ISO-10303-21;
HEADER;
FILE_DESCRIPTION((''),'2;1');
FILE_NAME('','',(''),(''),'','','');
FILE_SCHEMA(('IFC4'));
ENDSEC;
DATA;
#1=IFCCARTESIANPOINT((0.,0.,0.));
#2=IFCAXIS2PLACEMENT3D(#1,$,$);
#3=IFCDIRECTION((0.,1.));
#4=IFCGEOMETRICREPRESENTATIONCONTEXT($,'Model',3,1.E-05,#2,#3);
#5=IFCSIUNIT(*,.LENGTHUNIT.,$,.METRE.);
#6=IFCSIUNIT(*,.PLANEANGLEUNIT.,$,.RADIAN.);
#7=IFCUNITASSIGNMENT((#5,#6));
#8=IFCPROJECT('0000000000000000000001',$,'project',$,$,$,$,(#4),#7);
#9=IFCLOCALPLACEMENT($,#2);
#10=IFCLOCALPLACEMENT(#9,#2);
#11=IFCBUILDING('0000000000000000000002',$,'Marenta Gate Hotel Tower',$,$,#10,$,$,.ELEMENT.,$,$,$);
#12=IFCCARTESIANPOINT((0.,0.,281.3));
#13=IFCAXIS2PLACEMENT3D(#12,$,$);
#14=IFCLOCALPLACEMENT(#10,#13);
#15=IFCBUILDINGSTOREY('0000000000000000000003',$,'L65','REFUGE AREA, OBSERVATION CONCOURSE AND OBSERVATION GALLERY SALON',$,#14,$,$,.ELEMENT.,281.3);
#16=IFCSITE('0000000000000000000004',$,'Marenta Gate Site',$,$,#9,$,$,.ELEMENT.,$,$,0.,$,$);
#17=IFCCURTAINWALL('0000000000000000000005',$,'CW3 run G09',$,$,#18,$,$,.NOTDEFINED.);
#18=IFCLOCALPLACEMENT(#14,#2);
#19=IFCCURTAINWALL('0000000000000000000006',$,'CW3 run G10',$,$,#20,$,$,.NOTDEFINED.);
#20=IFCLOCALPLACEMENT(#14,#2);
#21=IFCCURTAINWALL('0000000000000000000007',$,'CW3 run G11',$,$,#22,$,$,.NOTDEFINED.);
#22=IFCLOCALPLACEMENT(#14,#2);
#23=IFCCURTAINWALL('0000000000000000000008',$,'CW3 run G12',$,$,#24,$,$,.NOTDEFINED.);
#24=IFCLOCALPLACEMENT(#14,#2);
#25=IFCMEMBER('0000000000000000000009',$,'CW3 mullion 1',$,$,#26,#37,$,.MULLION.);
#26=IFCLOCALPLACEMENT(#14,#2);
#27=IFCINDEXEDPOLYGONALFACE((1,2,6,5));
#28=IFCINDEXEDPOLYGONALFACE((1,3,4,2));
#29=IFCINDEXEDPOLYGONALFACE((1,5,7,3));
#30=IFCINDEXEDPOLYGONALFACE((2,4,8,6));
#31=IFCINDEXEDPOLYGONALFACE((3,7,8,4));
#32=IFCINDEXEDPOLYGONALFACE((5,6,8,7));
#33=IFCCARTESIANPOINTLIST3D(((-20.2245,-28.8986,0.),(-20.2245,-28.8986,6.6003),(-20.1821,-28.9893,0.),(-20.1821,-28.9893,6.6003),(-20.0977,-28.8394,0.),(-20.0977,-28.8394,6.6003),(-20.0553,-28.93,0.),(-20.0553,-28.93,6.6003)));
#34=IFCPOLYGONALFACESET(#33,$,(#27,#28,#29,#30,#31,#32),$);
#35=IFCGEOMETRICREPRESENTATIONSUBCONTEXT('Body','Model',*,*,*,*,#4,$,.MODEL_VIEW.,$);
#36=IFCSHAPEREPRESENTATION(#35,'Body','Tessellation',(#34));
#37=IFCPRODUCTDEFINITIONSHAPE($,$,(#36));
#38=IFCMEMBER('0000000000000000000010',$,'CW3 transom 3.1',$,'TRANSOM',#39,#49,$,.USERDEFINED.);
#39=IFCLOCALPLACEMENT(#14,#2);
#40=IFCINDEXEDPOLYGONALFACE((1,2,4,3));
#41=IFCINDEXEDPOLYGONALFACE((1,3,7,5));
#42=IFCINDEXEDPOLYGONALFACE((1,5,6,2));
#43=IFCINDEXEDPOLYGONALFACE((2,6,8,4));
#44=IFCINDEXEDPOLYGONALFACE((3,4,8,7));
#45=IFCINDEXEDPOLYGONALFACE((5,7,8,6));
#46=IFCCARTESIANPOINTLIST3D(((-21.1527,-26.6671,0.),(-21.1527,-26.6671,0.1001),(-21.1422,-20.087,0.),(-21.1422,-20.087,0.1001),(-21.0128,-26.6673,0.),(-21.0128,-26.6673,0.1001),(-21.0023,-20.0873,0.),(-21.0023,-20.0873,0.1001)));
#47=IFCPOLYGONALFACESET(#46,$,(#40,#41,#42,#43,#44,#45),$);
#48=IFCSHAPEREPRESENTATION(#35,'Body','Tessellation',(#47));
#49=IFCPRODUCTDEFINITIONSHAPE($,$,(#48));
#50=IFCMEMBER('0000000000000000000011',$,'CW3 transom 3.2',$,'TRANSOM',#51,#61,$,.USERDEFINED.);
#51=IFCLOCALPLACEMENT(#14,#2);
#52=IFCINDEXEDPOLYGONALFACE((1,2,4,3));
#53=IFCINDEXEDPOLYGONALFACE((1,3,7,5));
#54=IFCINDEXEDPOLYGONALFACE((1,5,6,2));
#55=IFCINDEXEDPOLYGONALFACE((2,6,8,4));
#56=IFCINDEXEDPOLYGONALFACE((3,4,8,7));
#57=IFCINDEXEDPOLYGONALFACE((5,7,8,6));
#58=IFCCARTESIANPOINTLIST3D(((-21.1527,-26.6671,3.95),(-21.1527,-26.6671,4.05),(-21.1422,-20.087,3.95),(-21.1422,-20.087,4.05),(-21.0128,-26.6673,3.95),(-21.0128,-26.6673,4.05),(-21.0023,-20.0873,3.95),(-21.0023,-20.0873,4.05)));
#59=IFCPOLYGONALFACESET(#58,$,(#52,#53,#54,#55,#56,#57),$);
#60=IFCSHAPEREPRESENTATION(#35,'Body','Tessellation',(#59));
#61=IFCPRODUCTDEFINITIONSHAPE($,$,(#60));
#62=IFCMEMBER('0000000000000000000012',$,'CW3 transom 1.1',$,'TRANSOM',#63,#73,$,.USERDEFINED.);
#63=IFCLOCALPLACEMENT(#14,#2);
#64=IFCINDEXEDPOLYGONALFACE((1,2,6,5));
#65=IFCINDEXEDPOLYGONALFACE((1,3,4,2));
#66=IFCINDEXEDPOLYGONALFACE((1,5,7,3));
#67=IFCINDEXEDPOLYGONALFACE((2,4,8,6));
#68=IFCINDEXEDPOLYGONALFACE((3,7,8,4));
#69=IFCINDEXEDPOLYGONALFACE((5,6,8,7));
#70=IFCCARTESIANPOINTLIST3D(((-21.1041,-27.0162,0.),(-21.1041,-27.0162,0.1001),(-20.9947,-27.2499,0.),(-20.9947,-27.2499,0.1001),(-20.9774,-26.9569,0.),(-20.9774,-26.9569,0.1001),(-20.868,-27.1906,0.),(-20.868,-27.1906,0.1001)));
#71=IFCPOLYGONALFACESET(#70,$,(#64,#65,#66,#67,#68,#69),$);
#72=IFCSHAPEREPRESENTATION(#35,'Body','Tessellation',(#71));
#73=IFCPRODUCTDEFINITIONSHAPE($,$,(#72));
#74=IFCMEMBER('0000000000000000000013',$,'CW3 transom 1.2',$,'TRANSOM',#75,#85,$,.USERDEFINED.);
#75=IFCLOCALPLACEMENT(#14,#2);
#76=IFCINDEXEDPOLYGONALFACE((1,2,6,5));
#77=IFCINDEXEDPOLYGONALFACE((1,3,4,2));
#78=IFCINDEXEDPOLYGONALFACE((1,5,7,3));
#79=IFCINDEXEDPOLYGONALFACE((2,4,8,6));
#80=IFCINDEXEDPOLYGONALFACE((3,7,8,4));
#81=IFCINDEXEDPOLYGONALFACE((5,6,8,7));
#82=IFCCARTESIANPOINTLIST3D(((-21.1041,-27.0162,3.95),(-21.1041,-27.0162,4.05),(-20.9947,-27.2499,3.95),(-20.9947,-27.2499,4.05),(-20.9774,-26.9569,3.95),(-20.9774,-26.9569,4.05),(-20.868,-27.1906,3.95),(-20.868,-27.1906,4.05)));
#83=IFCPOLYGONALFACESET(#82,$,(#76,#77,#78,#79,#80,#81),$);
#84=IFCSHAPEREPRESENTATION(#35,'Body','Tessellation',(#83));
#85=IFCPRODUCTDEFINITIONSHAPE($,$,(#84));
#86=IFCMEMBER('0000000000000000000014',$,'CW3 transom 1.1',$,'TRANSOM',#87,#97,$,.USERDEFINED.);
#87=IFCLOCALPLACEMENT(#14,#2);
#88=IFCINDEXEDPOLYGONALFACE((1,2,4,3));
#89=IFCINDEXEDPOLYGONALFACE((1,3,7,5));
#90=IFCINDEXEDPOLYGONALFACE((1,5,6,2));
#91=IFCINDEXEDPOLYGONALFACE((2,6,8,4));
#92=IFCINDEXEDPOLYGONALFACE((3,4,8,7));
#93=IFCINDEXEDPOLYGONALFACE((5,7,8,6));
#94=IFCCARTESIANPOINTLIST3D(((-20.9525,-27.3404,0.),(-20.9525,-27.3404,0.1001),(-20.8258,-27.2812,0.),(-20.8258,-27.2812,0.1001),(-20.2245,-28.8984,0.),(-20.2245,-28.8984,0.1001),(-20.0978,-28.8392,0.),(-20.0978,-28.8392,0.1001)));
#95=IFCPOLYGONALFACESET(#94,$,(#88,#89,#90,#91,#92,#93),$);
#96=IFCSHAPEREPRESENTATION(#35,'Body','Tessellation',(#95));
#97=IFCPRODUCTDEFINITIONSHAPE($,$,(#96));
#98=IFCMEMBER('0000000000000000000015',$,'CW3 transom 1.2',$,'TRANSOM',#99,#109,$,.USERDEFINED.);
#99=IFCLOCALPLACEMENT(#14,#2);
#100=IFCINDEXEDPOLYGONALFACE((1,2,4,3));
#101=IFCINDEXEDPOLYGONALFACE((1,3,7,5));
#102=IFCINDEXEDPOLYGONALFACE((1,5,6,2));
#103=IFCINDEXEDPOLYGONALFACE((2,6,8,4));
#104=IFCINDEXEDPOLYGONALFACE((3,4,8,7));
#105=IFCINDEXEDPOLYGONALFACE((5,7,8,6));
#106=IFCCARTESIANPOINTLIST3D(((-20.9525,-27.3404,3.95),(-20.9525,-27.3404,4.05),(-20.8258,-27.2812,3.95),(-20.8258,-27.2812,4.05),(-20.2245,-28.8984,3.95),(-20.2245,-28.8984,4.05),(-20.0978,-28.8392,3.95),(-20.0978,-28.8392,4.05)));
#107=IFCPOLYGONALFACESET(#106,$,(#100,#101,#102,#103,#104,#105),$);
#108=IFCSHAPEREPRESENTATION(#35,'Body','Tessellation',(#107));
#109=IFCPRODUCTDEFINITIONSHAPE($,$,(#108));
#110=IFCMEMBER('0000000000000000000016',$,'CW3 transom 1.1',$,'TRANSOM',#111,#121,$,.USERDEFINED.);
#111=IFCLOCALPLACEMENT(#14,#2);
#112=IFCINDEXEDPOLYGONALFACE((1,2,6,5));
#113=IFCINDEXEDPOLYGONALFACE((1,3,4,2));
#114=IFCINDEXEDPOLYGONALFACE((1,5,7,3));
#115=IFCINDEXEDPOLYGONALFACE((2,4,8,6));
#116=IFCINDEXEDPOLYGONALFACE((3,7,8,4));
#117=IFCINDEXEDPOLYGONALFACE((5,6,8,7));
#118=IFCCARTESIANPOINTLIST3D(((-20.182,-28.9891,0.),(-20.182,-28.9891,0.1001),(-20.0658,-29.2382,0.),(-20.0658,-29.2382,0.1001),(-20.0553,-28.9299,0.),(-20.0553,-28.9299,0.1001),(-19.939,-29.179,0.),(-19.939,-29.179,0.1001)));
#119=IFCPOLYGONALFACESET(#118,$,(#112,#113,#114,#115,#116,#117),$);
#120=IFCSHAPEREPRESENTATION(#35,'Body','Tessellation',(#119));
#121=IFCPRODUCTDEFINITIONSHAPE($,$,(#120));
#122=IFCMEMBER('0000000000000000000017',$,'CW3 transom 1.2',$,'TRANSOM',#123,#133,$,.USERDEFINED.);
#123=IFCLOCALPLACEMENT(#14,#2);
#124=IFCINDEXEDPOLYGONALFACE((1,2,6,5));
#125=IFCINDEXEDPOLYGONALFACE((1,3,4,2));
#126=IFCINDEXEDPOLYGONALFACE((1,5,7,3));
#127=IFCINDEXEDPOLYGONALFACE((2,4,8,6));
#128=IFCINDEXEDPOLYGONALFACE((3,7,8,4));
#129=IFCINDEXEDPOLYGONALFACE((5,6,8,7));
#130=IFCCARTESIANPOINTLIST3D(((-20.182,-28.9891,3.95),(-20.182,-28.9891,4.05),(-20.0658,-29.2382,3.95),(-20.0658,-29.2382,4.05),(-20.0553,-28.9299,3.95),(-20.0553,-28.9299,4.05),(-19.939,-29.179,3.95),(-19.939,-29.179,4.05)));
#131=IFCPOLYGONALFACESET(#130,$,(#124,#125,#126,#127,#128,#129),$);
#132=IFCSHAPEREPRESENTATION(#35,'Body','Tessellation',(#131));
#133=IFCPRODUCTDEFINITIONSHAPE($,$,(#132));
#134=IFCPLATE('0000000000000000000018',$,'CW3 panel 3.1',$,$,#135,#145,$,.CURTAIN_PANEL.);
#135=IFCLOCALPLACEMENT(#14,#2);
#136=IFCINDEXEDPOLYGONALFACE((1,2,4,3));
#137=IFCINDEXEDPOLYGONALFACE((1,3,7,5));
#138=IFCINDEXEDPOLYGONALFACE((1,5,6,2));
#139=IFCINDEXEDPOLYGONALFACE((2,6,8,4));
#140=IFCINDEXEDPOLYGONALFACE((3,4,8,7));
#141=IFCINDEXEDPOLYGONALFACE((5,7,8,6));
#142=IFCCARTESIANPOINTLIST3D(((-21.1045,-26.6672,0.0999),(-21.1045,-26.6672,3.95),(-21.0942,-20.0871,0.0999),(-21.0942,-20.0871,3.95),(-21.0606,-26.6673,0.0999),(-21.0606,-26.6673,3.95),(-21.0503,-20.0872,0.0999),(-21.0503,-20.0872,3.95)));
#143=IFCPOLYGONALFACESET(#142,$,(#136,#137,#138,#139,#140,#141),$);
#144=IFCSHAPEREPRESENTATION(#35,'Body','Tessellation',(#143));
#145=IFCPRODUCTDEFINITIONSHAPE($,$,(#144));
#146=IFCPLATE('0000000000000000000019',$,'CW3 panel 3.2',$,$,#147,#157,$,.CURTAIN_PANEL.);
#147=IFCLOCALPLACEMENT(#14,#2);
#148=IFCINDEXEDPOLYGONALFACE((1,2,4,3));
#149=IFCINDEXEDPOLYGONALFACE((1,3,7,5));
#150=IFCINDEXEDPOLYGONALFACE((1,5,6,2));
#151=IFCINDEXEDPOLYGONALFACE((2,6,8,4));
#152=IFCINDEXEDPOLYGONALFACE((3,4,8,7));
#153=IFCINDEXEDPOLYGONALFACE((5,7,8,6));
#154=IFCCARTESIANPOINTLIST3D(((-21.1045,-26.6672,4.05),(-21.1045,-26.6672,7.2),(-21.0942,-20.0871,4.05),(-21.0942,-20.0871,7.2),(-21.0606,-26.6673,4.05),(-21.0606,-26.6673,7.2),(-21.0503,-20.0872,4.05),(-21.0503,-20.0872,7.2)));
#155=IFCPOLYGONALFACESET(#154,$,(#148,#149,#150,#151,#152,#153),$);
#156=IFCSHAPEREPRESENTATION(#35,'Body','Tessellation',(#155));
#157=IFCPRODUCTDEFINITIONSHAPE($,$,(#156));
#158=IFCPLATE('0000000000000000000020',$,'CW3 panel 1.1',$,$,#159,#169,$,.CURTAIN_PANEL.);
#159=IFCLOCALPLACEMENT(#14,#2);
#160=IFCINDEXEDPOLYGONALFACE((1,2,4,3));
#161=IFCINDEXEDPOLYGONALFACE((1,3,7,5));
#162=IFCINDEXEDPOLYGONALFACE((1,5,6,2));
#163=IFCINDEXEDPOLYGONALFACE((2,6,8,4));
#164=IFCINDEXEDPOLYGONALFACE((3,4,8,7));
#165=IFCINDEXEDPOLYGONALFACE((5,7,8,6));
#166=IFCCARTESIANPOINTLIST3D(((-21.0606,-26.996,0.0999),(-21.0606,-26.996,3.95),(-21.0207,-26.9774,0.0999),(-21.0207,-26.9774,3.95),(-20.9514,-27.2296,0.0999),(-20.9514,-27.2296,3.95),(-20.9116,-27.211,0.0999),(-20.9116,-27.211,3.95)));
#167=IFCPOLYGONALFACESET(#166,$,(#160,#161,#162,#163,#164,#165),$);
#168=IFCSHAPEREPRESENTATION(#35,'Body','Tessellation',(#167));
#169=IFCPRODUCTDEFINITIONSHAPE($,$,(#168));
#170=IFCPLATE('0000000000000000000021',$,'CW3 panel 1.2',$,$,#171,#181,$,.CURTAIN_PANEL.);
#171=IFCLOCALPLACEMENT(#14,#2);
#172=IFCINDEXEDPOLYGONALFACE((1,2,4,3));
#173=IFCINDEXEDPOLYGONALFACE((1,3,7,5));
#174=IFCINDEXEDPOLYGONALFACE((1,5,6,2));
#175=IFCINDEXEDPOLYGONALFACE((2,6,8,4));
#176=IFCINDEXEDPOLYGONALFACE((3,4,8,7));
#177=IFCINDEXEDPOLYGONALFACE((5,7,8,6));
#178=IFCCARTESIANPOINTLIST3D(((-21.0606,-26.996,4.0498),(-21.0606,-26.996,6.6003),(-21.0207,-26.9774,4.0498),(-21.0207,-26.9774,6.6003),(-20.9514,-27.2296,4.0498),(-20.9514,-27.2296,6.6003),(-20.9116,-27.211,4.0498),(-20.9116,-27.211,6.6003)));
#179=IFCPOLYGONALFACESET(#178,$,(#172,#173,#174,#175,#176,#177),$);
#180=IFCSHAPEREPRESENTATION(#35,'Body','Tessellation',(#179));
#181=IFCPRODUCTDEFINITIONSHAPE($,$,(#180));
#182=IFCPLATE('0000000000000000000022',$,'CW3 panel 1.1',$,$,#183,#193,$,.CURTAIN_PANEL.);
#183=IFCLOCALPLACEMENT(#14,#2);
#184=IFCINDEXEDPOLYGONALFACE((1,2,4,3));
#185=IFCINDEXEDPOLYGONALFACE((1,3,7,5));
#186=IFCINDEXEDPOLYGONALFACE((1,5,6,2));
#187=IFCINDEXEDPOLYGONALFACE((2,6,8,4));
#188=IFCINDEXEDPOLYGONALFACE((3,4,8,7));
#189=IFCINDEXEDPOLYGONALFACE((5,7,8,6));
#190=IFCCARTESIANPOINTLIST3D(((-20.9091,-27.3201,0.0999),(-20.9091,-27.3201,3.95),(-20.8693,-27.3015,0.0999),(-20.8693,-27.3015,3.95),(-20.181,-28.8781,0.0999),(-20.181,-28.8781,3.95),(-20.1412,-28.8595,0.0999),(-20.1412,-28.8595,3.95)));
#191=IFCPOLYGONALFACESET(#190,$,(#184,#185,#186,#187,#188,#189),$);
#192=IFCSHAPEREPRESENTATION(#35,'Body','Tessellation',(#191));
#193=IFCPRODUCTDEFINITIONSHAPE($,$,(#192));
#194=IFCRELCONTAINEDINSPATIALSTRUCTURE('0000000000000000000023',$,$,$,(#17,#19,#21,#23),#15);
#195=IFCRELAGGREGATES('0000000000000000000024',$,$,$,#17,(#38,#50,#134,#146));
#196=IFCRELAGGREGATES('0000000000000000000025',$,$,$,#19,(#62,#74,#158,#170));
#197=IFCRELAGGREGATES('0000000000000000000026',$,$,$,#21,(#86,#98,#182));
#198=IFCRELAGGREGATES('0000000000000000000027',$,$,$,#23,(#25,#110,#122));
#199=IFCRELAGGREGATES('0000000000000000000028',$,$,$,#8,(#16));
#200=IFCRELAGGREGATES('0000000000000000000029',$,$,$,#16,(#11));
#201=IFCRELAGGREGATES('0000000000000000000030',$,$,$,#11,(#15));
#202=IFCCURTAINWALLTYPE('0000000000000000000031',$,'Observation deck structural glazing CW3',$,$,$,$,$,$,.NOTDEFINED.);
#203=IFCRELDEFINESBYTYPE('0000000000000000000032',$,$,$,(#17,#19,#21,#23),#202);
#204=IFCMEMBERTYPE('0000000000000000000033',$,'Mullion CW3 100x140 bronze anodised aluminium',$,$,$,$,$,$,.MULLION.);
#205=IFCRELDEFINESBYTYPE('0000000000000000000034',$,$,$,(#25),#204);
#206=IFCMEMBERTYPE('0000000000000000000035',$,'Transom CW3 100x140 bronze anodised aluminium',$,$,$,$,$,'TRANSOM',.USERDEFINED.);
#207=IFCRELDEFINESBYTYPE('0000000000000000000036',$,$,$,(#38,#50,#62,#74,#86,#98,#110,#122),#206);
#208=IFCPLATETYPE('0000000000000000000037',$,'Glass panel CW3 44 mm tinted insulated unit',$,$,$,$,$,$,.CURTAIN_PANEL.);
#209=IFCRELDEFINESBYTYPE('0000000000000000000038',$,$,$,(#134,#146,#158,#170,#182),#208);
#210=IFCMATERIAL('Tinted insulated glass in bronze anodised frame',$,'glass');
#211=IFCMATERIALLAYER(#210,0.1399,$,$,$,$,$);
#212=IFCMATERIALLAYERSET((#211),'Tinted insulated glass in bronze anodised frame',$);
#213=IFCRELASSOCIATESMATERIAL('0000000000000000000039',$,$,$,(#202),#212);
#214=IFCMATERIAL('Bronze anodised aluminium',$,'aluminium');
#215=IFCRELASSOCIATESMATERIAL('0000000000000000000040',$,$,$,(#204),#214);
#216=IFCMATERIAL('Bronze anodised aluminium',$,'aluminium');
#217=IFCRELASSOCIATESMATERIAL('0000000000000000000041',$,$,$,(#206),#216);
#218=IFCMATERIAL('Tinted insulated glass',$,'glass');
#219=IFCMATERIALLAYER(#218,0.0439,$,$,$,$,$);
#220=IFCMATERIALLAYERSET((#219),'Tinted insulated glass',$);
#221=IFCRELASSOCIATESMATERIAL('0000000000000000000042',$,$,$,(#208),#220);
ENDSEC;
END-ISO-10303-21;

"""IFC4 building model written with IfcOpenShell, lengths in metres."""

from ifc_helpers import new_model, si_unit, direction, frame, origin, origin_2d, place, context, subcontext, project, spatial, rectangle, extrude, material, layer, layer_set, material_profile, profile_set, type_object, element, aggregate, save


model = new_model("IFC4")

# Units and contexts
model_context = context("Model", 3, precision=1e-05, world=origin(), true_north=direction((0.0, 1.0)))
body_context = subcontext(model_context, "Body", "Model", "MODEL_VIEW")
ifc_project = project(units=[si_unit("LENGTHUNIT", "METRE"), si_unit("PLANEANGLEUNIT", "RADIAN")], contexts=[model_context])

# Site, building, storey
site_placement = place(None, origin())
site = spatial("IfcSite", under=ifc_project, at=site_placement, Name="Marenta Gate Site", CompositionType="ELEMENT", RefElevation=0.0)
building_placement = place(site_placement, origin())
building = spatial("IfcBuilding", under=site, at=building_placement, Name="Marenta Gate Hotel Tower", CompositionType="ELEMENT")
storey_placement = place(building_placement, frame((0.0, 0.0, 281.3)))
storey = spatial("IfcBuildingStorey", under=building, at=storey_placement, Name="L65", Description="REFUGE AREA, OBSERVATION CONCOURSE AND OBSERVATION GALLERY SALON", CompositionType="ELEMENT", Elevation=281.3)

# Curtain wall
ifc_material_1 = material(Name="Tinted insulated glass in bronze anodised frame", Category="glass")
ifc_layer_1 = layer(ifc_material_1, 0.1399)
ifc_layer_set_1 = layer_set([ifc_layer_1], Name="Tinted insulated glass in bronze anodised frame")
curtain_wall_type = type_object("IfcCurtainWallType", Name="Observation deck structural glazing CW3", PredefinedType="NOTDEFINED", material=ifc_layer_set_1)
curtain_wall_1_placement = place(storey_placement, origin())
curtain_wall_1 = element("IfcCurtainWall", 1, at=curtain_wall_1_placement, inside=storey, type_object=curtain_wall_type, Name="CW3 run G09", PredefinedType="NOTDEFINED")
ifc_material_2 = material(Name="Bronze anodised aluminium", Category="aluminium")
ifc_material_profile_1 = material_profile(ifc_material_2, rectangle(XDim=0.1399, YDim=0.1001, at=origin_2d()), Name="Mullion CW3 100x140 bronze anodised aluminium")
ifc_profile_set_1 = profile_set([ifc_material_profile_1], Name="Bronze anodised aluminium")
member_type_1 = type_object("IfcMemberType", Name="Mullion CW3 100x140 bronze anodised aluminium", PredefinedType="MULLION", material=ifc_profile_set_1)

# Curtain walls, member
curtain_wall_2_placement = place(storey_placement, origin())
curtain_wall_2 = element("IfcCurtainWall", 2, at=curtain_wall_2_placement, inside=storey, type_object=curtain_wall_type, Name="CW3 run G10", PredefinedType="NOTDEFINED")
curtain_wall_3_placement = place(storey_placement, origin())
curtain_wall_3 = element("IfcCurtainWall", 3, at=curtain_wall_3_placement, inside=storey, type_object=curtain_wall_type, Name="CW3 run G11", PredefinedType="NOTDEFINED")
curtain_wall_4_placement = place(storey_placement, origin())
curtain_wall_4 = element("IfcCurtainWall", 4, at=curtain_wall_4_placement, inside=storey, type_object=curtain_wall_type, Name="CW3 run G12", PredefinedType="NOTDEFINED")
member_1_placement = place(storey_placement, frame((-20.1399, -28.9143, 0.0), z_axis=(0.0, 0.0, 1.0), x_axis=(0.905946, 0.423393, 0.0)))
member_1 = element("IfcMember", 5, at=member_1_placement, type_object=member_type_1, Name="CW3 mullion 1", PredefinedType="MULLION", context=body_context, shape_type="SweptSolid", body=[
    extrude(rectangle(XDim=0.1399, YDim=0.1001, at=origin_2d()), origin(), (0.0, 0.0, 1.0), 6.6003),
])

# Members
ifc_material_3 = material(Name="Bronze anodised aluminium", Category="aluminium")
ifc_material_profile_2 = material_profile(ifc_material_3, rectangle(XDim=0.1399, YDim=0.1001, at=origin_2d()), Name="Transom CW3 100x140 bronze anodised aluminium")
ifc_profile_set_2 = profile_set([ifc_material_profile_2], Name="Bronze anodised aluminium")
member_type_2 = type_object("IfcMemberType", Name="Transom CW3 100x140 bronze anodised aluminium", ElementType="TRANSOM", PredefinedType="USERDEFINED", material=ifc_profile_set_2)
member_2_placement = place(storey_placement, frame((-21.0723, -20.0872, 0.05), z_axis=(-0.001595, -0.999999, 0.0), x_axis=(0.999999, -0.001595, 0.0)))
member_2 = element("IfcMember", 6, at=member_2_placement, type_object=member_type_2, Name="CW3 transom 3.1", ObjectType="TRANSOM", PredefinedType="USERDEFINED", context=body_context, shape_type="SweptSolid", body=[
    extrude(rectangle(XDim=0.1399, YDim=0.1001, at=origin_2d()), origin(), (0.0, 0.0, 1.0), 6.5801),
])
member_3_placement = place(storey_placement, frame((-21.0723, -20.0872, 4.0), z_axis=(-0.001595, -0.999999, 0.0), x_axis=(0.999999, -0.001595, 0.0)))
member_3 = element("IfcMember", 7, at=member_3_placement, type_object=member_type_2, Name="CW3 transom 3.2", ObjectType="TRANSOM", PredefinedType="USERDEFINED", context=body_context, shape_type="SweptSolid", body=[
    extrude(rectangle(XDim=0.1399, YDim=0.1001, at=origin_2d()), origin(), (0.0, 0.0, 1.0), 6.5801),
])
member_4_placement = place(storey_placement, frame((-21.0408, -26.9866, 0.05), z_axis=(0.423973, -0.905675, 0.0), x_axis=(0.905675, 0.423973, 0.0)))
member_4 = element("IfcMember", 8, at=member_4_placement, type_object=member_type_2, Name="CW3 transom 1.1", ObjectType="TRANSOM", PredefinedType="USERDEFINED", context=body_context, shape_type="SweptSolid", body=[
    extrude(rectangle(XDim=0.1399, YDim=0.1001, at=origin_2d()), origin(), (0.0, 0.0, 1.0), 0.2581),
])
member_5_placement = place(storey_placement, frame((-21.0408, -26.9866, 4.0), z_axis=(0.423973, -0.905675, 0.0), x_axis=(0.905675, 0.423973, 0.0)))
member_5 = element("IfcMember", 9, at=member_5_placement, type_object=member_type_2, Name="CW3 transom 1.2", ObjectType="TRANSOM", PredefinedType="USERDEFINED", context=body_context, shape_type="SweptSolid", body=[
    extrude(rectangle(XDim=0.1399, YDim=0.1001, at=origin_2d()), origin(), (0.0, 0.0, 1.0), 0.2581),
])
member_6_placement = place(storey_placement, frame((-20.8892, -27.3108, 0.05), z_axis=(0.423321, -0.90598, 0.0), x_axis=(0.90598, 0.423321, 0.0)))
member_6 = element("IfcMember", 10, at=member_6_placement, type_object=member_type_2, Name="CW3 transom 1.1", ObjectType="TRANSOM", PredefinedType="USERDEFINED", context=body_context, shape_type="SweptSolid", body=[
    extrude(rectangle(XDim=0.1399, YDim=0.1001, at=origin_2d()), origin(), (0.0, 0.0, 1.0), 1.7197),
])
member_7_placement = place(storey_placement, frame((-20.8892, -27.3108, 4.0), z_axis=(0.423321, -0.90598, 0.0), x_axis=(0.90598, 0.423321, 0.0)))
member_7 = element("IfcMember", 11, at=member_7_placement, type_object=member_type_2, Name="CW3 transom 1.2", ObjectType="TRANSOM", PredefinedType="USERDEFINED", context=body_context, shape_type="SweptSolid", body=[
    extrude(rectangle(XDim=0.1399, YDim=0.1001, at=origin_2d()), origin(), (0.0, 0.0, 1.0), 1.7197),
])
member_8_placement = place(storey_placement, frame((-20.1187, -28.9595, 0.05), z_axis=(0.422885, -0.906183, 0.0), x_axis=(0.906183, 0.422885, 0.0)))
member_8 = element("IfcMember", 12, at=member_8_placement, type_object=member_type_2, Name="CW3 transom 1.1", ObjectType="TRANSOM", PredefinedType="USERDEFINED", context=body_context, shape_type="SweptSolid", body=[
    extrude(rectangle(XDim=0.1399, YDim=0.1001, at=origin_2d()), origin(), (0.0, 0.0, 1.0), 0.2749),
])
member_9_placement = place(storey_placement, frame((-20.1187, -28.9595, 4.0), z_axis=(0.422885, -0.906183, 0.0), x_axis=(0.906183, 0.422885, 0.0)))
member_9 = element("IfcMember", 13, at=member_9_placement, type_object=member_type_2, Name="CW3 transom 1.2", ObjectType="TRANSOM", PredefinedType="USERDEFINED", context=body_context, shape_type="SweptSolid", body=[
    extrude(rectangle(XDim=0.1399, YDim=0.1001, at=origin_2d()), origin(), (0.0, 0.0, 1.0), 0.2749),
])

# Plates
ifc_material_4 = material(Name="Tinted insulated glass", Category="glass")
ifc_layer_2 = layer(ifc_material_4, 0.0439)
ifc_layer_set_2 = layer_set([ifc_layer_2], Name="Tinted insulated glass")
plate_type = type_object("IfcPlateType", Name="Glass panel CW3 44 mm tinted insulated unit", PredefinedType="CURTAIN_PANEL", material=ifc_layer_set_2)
plate_1_placement = place(storey_placement, frame((-21.0774, -23.3772, 0.0999), z_axis=(0.0, 0.0, 1.0), x_axis=(-0.001565, -0.999999, 0.0)))
plate_1 = element("IfcPlate", 14, at=plate_1_placement, type_object=plate_type, Name="CW3 panel 3.1", PredefinedType="CURTAIN_PANEL", context=body_context, shape_type="SweptSolid", body=[
    extrude(rectangle(XDim=6.5801, YDim=0.0439, at=origin_2d()), origin(), (0.0, 0.0, 1.0), 3.8501),
])
plate_2_placement = place(storey_placement, frame((-21.0774, -23.3772, 4.05), z_axis=(0.0, 0.0, 1.0), x_axis=(-0.001565, -0.999999, 0.0)))
plate_2 = element("IfcPlate", 15, at=plate_2_placement, type_object=plate_type, Name="CW3 panel 3.2", PredefinedType="CURTAIN_PANEL", context=body_context, shape_type="SweptSolid", body=[
    extrude(rectangle(XDim=6.5801, YDim=0.0439, at=origin_2d()), origin(), (0.0, 0.0, 1.0), 3.1499),
])
aggregate(curtain_wall_1, [member_2, member_3, plate_1, plate_2])
plate_3_placement = place(storey_placement, frame((-20.9861, -27.1035, 0.0999), z_axis=(0.0, 0.0, 1.0), x_axis=(0.423252, -0.906012, 0.0)))
plate_3 = element("IfcPlate", 16, at=plate_3_placement, type_object=plate_type, Name="CW3 panel 1.1", PredefinedType="CURTAIN_PANEL", context=body_context, shape_type="SweptSolid", body=[
    extrude(rectangle(XDim=0.2578, YDim=0.0439, at=origin_2d()), origin(), (0.0, 0.0, 1.0), 3.8501),
])
plate_4_placement = place(storey_placement, frame((-20.9861, -27.1035, 4.0498), z_axis=(0.0, 0.0, 1.0), x_axis=(0.423252, -0.906012, 0.0)))
plate_4 = element("IfcPlate", 17, at=plate_4_placement, type_object=plate_type, Name="CW3 panel 1.2", PredefinedType="CURTAIN_PANEL", context=body_context, shape_type="SweptSolid", body=[
    extrude(rectangle(XDim=0.2578, YDim=0.0439, at=origin_2d()), origin(), (0.0, 0.0, 1.0), 2.5505),
])
aggregate(curtain_wall_2, [member_4, member_5, plate_3, plate_4])
plate_5_placement = place(storey_placement, frame((-20.5251, -28.0898, 0.0999), z_axis=(0.0, 0.0, 1.0), x_axis=(0.423361, -0.905961, 0.0)))
plate_5 = element("IfcPlate", 18, at=plate_5_placement, type_object=plate_type, Name="CW3 panel 1.1", PredefinedType="CURTAIN_PANEL", context=body_context, shape_type="SweptSolid", body=[
    extrude(rectangle(XDim=1.7197, YDim=0.0439, at=origin_2d()), origin(), (0.0, 0.0, 1.0), 3.8501),
])
aggregate(curtain_wall_3, [member_6, member_7, plate_5])
aggregate(curtain_wall_4, [member_1, member_8, member_9])

save(model, "model.ifc")
